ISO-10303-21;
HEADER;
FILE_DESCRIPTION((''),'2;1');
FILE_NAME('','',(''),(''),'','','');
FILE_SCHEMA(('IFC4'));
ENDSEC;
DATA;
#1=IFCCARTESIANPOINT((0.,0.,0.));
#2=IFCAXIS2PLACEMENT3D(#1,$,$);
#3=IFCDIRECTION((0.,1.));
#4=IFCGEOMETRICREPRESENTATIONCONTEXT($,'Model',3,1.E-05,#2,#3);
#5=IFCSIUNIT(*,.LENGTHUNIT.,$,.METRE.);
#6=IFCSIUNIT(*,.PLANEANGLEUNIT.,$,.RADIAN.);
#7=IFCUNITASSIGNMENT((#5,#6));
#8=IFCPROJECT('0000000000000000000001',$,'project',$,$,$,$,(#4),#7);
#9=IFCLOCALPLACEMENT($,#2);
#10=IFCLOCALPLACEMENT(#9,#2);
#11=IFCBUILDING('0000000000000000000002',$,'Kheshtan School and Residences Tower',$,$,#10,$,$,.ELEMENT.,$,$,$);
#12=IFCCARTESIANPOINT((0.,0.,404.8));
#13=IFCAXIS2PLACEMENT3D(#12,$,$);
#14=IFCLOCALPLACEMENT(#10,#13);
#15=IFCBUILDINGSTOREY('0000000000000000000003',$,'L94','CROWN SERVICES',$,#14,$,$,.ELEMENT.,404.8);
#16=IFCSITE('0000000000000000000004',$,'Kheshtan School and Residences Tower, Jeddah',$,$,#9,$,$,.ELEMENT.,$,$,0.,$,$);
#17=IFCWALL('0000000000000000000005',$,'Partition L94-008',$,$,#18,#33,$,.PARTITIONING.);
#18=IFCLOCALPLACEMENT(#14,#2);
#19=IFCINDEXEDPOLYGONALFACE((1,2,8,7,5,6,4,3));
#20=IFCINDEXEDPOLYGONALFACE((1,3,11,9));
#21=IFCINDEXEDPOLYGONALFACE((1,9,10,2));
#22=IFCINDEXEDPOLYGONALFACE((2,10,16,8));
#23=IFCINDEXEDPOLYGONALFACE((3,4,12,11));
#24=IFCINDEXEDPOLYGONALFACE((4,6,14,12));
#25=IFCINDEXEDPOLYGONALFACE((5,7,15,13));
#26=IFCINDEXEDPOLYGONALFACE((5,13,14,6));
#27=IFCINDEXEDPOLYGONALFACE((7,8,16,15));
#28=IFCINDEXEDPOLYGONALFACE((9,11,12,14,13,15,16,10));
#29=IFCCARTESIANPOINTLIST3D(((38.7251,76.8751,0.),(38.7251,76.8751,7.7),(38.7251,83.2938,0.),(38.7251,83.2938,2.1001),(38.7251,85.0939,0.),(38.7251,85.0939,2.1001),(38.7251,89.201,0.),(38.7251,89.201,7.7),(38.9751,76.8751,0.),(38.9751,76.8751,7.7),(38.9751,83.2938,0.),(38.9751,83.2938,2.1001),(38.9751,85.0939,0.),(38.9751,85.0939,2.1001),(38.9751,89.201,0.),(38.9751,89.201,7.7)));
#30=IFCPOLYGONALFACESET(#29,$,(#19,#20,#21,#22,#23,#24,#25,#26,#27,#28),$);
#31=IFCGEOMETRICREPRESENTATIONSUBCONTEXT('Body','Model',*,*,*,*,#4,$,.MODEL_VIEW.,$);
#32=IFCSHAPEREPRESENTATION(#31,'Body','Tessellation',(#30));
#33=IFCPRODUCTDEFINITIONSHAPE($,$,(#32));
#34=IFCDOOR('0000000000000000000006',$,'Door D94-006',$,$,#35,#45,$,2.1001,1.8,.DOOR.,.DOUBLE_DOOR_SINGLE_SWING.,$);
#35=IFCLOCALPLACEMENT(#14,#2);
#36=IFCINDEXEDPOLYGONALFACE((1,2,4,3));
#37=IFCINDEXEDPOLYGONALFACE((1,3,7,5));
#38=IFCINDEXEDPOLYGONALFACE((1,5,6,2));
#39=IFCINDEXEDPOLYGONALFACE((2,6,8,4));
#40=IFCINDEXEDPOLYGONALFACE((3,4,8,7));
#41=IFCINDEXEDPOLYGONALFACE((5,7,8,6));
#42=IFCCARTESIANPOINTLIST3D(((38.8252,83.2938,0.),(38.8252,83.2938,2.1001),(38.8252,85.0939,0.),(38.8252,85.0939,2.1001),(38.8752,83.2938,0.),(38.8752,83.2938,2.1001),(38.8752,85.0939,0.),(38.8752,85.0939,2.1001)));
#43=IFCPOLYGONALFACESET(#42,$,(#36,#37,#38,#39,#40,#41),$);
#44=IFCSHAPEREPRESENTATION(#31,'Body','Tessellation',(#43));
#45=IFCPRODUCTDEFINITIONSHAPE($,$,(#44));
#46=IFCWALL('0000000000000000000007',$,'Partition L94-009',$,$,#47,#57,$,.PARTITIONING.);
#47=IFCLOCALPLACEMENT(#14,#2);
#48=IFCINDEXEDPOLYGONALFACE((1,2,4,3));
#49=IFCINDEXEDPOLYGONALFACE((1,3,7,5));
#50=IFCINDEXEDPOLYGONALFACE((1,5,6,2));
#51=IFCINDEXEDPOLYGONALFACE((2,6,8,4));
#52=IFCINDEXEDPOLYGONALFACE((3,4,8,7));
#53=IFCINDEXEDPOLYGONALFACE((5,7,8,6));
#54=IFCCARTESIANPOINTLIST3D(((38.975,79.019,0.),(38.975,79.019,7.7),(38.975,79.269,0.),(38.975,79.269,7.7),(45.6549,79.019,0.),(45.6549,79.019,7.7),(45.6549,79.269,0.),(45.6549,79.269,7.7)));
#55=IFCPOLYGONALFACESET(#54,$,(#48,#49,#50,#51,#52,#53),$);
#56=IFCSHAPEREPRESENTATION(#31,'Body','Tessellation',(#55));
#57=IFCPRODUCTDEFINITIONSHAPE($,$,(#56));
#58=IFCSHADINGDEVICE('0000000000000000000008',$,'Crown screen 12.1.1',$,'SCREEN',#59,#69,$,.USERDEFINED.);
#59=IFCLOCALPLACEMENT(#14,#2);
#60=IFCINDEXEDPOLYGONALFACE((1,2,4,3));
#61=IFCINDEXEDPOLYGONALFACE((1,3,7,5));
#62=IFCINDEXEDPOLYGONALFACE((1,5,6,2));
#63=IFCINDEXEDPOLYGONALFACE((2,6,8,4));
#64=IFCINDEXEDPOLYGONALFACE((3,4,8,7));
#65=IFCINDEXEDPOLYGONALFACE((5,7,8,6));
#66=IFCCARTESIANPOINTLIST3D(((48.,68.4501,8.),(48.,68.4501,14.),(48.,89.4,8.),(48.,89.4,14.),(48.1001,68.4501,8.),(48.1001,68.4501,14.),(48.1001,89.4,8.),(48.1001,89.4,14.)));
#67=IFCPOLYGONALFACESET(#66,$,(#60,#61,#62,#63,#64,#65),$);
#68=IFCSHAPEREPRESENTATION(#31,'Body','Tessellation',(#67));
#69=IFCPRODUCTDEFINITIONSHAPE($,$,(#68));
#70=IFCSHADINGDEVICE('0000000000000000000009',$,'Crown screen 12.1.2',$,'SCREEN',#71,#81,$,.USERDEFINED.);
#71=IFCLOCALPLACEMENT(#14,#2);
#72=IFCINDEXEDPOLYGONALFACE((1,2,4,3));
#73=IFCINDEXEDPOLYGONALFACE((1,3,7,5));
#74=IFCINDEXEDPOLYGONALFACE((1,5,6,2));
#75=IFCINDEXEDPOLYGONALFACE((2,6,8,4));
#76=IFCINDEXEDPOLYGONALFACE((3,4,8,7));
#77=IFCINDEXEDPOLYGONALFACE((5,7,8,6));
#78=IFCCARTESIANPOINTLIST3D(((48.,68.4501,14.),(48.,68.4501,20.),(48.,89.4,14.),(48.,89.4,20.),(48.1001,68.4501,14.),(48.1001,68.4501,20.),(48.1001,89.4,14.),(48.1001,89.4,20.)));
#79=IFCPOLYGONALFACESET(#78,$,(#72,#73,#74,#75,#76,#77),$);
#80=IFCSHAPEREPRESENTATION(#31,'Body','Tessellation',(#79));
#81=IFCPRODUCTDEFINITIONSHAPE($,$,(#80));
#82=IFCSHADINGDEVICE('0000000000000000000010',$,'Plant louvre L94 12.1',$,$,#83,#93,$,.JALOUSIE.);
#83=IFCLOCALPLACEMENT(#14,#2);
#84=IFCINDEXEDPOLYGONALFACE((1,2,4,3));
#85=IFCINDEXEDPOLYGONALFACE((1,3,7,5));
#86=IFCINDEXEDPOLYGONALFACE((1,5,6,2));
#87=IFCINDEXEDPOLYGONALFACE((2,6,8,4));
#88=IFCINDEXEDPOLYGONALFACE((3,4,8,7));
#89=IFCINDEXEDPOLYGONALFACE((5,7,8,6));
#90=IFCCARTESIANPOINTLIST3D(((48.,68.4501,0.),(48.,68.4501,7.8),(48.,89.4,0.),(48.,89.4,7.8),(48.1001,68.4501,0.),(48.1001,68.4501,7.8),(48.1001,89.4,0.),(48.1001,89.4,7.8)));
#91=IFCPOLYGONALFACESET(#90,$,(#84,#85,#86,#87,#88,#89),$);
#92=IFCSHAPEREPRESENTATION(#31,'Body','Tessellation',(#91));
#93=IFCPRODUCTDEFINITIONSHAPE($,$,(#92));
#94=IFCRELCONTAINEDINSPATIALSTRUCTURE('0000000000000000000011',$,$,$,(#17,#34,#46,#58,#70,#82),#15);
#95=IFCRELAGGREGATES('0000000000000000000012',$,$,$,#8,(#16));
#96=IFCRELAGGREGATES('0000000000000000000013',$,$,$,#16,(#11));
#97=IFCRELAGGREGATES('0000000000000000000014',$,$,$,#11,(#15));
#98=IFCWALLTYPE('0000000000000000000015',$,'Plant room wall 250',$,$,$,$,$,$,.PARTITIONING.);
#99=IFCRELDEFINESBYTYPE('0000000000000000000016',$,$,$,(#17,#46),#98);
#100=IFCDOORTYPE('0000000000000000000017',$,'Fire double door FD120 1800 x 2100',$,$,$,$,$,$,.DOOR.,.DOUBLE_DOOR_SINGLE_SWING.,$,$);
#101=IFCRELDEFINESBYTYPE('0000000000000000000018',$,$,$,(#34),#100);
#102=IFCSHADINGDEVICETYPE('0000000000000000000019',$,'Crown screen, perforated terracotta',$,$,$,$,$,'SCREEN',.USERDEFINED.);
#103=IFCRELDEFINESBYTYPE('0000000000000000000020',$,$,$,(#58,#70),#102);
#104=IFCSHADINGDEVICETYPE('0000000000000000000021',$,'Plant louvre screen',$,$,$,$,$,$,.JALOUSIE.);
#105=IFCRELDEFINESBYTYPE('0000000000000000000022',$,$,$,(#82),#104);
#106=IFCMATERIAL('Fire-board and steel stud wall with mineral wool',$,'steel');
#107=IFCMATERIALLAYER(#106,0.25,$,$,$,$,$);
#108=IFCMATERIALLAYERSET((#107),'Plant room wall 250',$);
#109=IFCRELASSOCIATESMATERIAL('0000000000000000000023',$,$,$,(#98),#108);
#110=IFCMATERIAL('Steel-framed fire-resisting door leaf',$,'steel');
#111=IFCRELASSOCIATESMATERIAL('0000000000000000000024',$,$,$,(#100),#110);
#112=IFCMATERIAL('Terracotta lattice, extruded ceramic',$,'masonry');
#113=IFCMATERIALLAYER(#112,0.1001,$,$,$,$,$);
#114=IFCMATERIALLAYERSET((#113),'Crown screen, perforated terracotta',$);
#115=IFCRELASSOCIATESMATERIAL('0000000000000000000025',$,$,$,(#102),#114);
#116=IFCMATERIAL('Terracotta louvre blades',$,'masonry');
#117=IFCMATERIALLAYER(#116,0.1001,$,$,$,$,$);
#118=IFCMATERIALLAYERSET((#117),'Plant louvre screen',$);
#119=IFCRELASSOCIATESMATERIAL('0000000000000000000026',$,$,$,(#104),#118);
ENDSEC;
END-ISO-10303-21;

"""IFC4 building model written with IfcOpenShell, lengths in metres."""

from ifc_helpers import new_model, si_unit, direction, frame, frame_2d, origin, origin_2d, place, context, subcontext, project, spatial, rectangle, extrude, source, transform, mapped, material, layer, layer_set, type_object, element, fill, save


model = new_model("IFC4")

# Units and contexts
model_context = context("Model", 3, precision=1e-05, world=origin(), true_north=direction((0.0, 1.0)))
body_context = subcontext(model_context, "Body", "Model", "MODEL_VIEW")
ifc_project = project(units=[si_unit("LENGTHUNIT", "METRE"), si_unit("PLANEANGLEUNIT", "RADIAN")], contexts=[model_context])

# Site, building, storey
site_placement = place(None, origin())
site = spatial("IfcSite", under=ifc_project, at=site_placement, Name="Kheshtan School and Residences Tower, Jeddah", CompositionType="ELEMENT", RefElevation=0.0)
building_placement = place(site_placement, origin())
building = spatial("IfcBuilding", under=site, at=building_placement, Name="Kheshtan School and Residences Tower", CompositionType="ELEMENT")
storey_placement = place(building_placement, frame((0.0, 0.0, 404.8)))
storey = spatial("IfcBuildingStorey", under=building, at=storey_placement, Name="L94", Description="CROWN SERVICES", CompositionType="ELEMENT", Elevation=404.8)

# Shared definitions
ifc_material_1 = material(Name="Fire-board and steel stud wall with mineral wool", Category="steel")
ifc_layer_1 = layer(ifc_material_1, 0.25)
ifc_layer_set_1 = layer_set([ifc_layer_1], Name="Plant room wall 250")
wall_type = type_object("IfcWallType", Name="Plant room wall 250", PredefinedType="PARTITIONING", material=ifc_layer_set_1)

# Wall, opening, door
wall_1_placement = place(storey_placement, frame((38.8501, 76.875, 0.0), z_axis=(0.0, 0.0, 1.0), x_axis=(0.0, 1.0, 0.0)))
wall_1 = element("IfcWall", 1, at=wall_1_placement, inside=storey, type_object=wall_type, Name="Partition L94-008", PredefinedType="PARTITIONING", context=body_context, shape_type="SweptSolid", body=[
    extrude(rectangle(XDim=12.3259, YDim=0.25, at=frame_2d((6.1631, 0.0))), origin(), (0.0, 0.0, 1.0), 7.7),
])
opening_placement = place(wall_1_placement, frame((6.4189, 0.0, 0.0)))
opening = element("IfcOpeningElement", 2, at=opening_placement, cuts=wall_1, PredefinedType="OPENING", context=body_context, shape_type="SweptSolid", body=[
    extrude(rectangle(XDim=1.8, YDim=2.1001, at=frame_2d((0.8999, 1.05))), frame((0.0, 0.135, 0.0), z_axis=(0.0, -1.0, 0.0), x_axis=(1.0, 0.0, 0.0)), (0.0, 0.0, 1.0), 0.27),
])
ifc_material_2 = material(Name="Steel-framed fire-resisting door leaf", Category="steel")
door_type = type_object("IfcDoorType", Name="Fire double door FD120 1800 x 2100", OperationType="DOUBLE_DOOR_SINGLE_SWING", PredefinedType="DOOR", material=ifc_material_2)
shared_shape = source(origin(), body_context, "Body", "SweptSolid", [
    extrude(rectangle(XDim=1.8, YDim=2.1001, at=frame_2d((0.8999, 1.05))), frame((0.0, 0.0249, 0.0), z_axis=(0.0, -1.0, 0.0), x_axis=(1.0, 0.0, 0.0)), (0.0, 0.0, 1.0), 0.05),
])
door_placement = place(opening_placement, origin())
door = element("IfcDoor", 3, at=door_placement, inside=storey, type_object=door_type, Name="Door D94-006", OperationType="DOUBLE_DOOR_SINGLE_SWING", OverallHeight=2.1001, OverallWidth=1.8, PredefinedType="DOOR", context=body_context, shape_type="MappedRepresentation", body=[
    mapped(shared_shape, transform((0.0, 0.0, 0.0), x_axis=(1.0, 0.0, 0.0), y_axis=(0.0, 1.0, 0.0), z_axis=(0.0, 0.0, 1.0), scale=1.0)),
])
fill(opening, door)

# Wall
wall_2_placement = place(storey_placement, frame((38.9751, 79.144, 0.0), z_axis=(0.0, 0.0, 1.0), x_axis=(1.0, 0.0, 0.0)))
element("IfcWall", 4, at=wall_2_placement, inside=storey, type_object=wall_type, Name="Partition L94-009", PredefinedType="PARTITIONING", context=body_context, shape_type="SweptSolid", body=[
    extrude(rectangle(XDim=6.6799, YDim=0.25, at=frame_2d((3.3398, 0.0))), origin(), (0.0, 0.0, 1.0), 7.7),
])

# Shading devices
ifc_material_3 = material(Name="Terracotta lattice, extruded ceramic", Category="masonry")
ifc_layer_2 = layer(ifc_material_3, 0.1001)
ifc_layer_set_2 = layer_set([ifc_layer_2], Name="Crown screen, perforated terracotta")
shading_device_type_1 = type_object("IfcShadingDeviceType", Name="Crown screen, perforated terracotta", ElementType="SCREEN", PredefinedType="USERDEFINED", material=ifc_layer_set_2)
for number, where, z_axis, x_axis, name in (
    (5, (48.05, 78.925, 8.0), (0.0, 0.0, 1.0), (0.0, -1.0, 0.0), "Crown screen 12.1.1"),
    (6, (48.05, 78.925, 14.0), (0.0, 0.0, 1.0), (0.0, -1.0, 0.0), "Crown screen 12.1.2"),
):
    element("IfcShadingDevice", number, at=place(storey_placement, frame(where, z_axis=z_axis, x_axis=x_axis)), inside=storey, type_object=shading_device_type_1, Name=name, ObjectType="SCREEN", PredefinedType="USERDEFINED", context=body_context, shape_type="SweptSolid", body=[
        extrude(rectangle(XDim=20.95, YDim=0.1001, at=origin_2d()), origin(), (0.0, 0.0, 1.0), 6.0),
    ])
ifc_material_4 = material(Name="Terracotta louvre blades", Category="masonry")
ifc_layer_3 = layer(ifc_material_4, 0.1001)
ifc_layer_set_3 = layer_set([ifc_layer_3], Name="Plant louvre screen")
shading_device_type_2 = type_object("IfcShadingDeviceType", Name="Plant louvre screen", PredefinedType="JALOUSIE", material=ifc_layer_set_3)
shading_device_placement = place(storey_placement, frame((48.05, 78.925, 0.0), z_axis=(0.0, 0.0, 1.0), x_axis=(0.0, -1.0, 0.0)))
element("IfcShadingDevice", 7, at=shading_device_placement, inside=storey, type_object=shading_device_type_2, Name="Plant louvre L94 12.1", PredefinedType="JALOUSIE", context=body_context, shape_type="SweptSolid", body=[
    extrude(rectangle(XDim=20.95, YDim=0.1001, at=origin_2d()), origin(), (0.0, 0.0, 1.0), 7.8),
])

save(model, "model.ifc")
